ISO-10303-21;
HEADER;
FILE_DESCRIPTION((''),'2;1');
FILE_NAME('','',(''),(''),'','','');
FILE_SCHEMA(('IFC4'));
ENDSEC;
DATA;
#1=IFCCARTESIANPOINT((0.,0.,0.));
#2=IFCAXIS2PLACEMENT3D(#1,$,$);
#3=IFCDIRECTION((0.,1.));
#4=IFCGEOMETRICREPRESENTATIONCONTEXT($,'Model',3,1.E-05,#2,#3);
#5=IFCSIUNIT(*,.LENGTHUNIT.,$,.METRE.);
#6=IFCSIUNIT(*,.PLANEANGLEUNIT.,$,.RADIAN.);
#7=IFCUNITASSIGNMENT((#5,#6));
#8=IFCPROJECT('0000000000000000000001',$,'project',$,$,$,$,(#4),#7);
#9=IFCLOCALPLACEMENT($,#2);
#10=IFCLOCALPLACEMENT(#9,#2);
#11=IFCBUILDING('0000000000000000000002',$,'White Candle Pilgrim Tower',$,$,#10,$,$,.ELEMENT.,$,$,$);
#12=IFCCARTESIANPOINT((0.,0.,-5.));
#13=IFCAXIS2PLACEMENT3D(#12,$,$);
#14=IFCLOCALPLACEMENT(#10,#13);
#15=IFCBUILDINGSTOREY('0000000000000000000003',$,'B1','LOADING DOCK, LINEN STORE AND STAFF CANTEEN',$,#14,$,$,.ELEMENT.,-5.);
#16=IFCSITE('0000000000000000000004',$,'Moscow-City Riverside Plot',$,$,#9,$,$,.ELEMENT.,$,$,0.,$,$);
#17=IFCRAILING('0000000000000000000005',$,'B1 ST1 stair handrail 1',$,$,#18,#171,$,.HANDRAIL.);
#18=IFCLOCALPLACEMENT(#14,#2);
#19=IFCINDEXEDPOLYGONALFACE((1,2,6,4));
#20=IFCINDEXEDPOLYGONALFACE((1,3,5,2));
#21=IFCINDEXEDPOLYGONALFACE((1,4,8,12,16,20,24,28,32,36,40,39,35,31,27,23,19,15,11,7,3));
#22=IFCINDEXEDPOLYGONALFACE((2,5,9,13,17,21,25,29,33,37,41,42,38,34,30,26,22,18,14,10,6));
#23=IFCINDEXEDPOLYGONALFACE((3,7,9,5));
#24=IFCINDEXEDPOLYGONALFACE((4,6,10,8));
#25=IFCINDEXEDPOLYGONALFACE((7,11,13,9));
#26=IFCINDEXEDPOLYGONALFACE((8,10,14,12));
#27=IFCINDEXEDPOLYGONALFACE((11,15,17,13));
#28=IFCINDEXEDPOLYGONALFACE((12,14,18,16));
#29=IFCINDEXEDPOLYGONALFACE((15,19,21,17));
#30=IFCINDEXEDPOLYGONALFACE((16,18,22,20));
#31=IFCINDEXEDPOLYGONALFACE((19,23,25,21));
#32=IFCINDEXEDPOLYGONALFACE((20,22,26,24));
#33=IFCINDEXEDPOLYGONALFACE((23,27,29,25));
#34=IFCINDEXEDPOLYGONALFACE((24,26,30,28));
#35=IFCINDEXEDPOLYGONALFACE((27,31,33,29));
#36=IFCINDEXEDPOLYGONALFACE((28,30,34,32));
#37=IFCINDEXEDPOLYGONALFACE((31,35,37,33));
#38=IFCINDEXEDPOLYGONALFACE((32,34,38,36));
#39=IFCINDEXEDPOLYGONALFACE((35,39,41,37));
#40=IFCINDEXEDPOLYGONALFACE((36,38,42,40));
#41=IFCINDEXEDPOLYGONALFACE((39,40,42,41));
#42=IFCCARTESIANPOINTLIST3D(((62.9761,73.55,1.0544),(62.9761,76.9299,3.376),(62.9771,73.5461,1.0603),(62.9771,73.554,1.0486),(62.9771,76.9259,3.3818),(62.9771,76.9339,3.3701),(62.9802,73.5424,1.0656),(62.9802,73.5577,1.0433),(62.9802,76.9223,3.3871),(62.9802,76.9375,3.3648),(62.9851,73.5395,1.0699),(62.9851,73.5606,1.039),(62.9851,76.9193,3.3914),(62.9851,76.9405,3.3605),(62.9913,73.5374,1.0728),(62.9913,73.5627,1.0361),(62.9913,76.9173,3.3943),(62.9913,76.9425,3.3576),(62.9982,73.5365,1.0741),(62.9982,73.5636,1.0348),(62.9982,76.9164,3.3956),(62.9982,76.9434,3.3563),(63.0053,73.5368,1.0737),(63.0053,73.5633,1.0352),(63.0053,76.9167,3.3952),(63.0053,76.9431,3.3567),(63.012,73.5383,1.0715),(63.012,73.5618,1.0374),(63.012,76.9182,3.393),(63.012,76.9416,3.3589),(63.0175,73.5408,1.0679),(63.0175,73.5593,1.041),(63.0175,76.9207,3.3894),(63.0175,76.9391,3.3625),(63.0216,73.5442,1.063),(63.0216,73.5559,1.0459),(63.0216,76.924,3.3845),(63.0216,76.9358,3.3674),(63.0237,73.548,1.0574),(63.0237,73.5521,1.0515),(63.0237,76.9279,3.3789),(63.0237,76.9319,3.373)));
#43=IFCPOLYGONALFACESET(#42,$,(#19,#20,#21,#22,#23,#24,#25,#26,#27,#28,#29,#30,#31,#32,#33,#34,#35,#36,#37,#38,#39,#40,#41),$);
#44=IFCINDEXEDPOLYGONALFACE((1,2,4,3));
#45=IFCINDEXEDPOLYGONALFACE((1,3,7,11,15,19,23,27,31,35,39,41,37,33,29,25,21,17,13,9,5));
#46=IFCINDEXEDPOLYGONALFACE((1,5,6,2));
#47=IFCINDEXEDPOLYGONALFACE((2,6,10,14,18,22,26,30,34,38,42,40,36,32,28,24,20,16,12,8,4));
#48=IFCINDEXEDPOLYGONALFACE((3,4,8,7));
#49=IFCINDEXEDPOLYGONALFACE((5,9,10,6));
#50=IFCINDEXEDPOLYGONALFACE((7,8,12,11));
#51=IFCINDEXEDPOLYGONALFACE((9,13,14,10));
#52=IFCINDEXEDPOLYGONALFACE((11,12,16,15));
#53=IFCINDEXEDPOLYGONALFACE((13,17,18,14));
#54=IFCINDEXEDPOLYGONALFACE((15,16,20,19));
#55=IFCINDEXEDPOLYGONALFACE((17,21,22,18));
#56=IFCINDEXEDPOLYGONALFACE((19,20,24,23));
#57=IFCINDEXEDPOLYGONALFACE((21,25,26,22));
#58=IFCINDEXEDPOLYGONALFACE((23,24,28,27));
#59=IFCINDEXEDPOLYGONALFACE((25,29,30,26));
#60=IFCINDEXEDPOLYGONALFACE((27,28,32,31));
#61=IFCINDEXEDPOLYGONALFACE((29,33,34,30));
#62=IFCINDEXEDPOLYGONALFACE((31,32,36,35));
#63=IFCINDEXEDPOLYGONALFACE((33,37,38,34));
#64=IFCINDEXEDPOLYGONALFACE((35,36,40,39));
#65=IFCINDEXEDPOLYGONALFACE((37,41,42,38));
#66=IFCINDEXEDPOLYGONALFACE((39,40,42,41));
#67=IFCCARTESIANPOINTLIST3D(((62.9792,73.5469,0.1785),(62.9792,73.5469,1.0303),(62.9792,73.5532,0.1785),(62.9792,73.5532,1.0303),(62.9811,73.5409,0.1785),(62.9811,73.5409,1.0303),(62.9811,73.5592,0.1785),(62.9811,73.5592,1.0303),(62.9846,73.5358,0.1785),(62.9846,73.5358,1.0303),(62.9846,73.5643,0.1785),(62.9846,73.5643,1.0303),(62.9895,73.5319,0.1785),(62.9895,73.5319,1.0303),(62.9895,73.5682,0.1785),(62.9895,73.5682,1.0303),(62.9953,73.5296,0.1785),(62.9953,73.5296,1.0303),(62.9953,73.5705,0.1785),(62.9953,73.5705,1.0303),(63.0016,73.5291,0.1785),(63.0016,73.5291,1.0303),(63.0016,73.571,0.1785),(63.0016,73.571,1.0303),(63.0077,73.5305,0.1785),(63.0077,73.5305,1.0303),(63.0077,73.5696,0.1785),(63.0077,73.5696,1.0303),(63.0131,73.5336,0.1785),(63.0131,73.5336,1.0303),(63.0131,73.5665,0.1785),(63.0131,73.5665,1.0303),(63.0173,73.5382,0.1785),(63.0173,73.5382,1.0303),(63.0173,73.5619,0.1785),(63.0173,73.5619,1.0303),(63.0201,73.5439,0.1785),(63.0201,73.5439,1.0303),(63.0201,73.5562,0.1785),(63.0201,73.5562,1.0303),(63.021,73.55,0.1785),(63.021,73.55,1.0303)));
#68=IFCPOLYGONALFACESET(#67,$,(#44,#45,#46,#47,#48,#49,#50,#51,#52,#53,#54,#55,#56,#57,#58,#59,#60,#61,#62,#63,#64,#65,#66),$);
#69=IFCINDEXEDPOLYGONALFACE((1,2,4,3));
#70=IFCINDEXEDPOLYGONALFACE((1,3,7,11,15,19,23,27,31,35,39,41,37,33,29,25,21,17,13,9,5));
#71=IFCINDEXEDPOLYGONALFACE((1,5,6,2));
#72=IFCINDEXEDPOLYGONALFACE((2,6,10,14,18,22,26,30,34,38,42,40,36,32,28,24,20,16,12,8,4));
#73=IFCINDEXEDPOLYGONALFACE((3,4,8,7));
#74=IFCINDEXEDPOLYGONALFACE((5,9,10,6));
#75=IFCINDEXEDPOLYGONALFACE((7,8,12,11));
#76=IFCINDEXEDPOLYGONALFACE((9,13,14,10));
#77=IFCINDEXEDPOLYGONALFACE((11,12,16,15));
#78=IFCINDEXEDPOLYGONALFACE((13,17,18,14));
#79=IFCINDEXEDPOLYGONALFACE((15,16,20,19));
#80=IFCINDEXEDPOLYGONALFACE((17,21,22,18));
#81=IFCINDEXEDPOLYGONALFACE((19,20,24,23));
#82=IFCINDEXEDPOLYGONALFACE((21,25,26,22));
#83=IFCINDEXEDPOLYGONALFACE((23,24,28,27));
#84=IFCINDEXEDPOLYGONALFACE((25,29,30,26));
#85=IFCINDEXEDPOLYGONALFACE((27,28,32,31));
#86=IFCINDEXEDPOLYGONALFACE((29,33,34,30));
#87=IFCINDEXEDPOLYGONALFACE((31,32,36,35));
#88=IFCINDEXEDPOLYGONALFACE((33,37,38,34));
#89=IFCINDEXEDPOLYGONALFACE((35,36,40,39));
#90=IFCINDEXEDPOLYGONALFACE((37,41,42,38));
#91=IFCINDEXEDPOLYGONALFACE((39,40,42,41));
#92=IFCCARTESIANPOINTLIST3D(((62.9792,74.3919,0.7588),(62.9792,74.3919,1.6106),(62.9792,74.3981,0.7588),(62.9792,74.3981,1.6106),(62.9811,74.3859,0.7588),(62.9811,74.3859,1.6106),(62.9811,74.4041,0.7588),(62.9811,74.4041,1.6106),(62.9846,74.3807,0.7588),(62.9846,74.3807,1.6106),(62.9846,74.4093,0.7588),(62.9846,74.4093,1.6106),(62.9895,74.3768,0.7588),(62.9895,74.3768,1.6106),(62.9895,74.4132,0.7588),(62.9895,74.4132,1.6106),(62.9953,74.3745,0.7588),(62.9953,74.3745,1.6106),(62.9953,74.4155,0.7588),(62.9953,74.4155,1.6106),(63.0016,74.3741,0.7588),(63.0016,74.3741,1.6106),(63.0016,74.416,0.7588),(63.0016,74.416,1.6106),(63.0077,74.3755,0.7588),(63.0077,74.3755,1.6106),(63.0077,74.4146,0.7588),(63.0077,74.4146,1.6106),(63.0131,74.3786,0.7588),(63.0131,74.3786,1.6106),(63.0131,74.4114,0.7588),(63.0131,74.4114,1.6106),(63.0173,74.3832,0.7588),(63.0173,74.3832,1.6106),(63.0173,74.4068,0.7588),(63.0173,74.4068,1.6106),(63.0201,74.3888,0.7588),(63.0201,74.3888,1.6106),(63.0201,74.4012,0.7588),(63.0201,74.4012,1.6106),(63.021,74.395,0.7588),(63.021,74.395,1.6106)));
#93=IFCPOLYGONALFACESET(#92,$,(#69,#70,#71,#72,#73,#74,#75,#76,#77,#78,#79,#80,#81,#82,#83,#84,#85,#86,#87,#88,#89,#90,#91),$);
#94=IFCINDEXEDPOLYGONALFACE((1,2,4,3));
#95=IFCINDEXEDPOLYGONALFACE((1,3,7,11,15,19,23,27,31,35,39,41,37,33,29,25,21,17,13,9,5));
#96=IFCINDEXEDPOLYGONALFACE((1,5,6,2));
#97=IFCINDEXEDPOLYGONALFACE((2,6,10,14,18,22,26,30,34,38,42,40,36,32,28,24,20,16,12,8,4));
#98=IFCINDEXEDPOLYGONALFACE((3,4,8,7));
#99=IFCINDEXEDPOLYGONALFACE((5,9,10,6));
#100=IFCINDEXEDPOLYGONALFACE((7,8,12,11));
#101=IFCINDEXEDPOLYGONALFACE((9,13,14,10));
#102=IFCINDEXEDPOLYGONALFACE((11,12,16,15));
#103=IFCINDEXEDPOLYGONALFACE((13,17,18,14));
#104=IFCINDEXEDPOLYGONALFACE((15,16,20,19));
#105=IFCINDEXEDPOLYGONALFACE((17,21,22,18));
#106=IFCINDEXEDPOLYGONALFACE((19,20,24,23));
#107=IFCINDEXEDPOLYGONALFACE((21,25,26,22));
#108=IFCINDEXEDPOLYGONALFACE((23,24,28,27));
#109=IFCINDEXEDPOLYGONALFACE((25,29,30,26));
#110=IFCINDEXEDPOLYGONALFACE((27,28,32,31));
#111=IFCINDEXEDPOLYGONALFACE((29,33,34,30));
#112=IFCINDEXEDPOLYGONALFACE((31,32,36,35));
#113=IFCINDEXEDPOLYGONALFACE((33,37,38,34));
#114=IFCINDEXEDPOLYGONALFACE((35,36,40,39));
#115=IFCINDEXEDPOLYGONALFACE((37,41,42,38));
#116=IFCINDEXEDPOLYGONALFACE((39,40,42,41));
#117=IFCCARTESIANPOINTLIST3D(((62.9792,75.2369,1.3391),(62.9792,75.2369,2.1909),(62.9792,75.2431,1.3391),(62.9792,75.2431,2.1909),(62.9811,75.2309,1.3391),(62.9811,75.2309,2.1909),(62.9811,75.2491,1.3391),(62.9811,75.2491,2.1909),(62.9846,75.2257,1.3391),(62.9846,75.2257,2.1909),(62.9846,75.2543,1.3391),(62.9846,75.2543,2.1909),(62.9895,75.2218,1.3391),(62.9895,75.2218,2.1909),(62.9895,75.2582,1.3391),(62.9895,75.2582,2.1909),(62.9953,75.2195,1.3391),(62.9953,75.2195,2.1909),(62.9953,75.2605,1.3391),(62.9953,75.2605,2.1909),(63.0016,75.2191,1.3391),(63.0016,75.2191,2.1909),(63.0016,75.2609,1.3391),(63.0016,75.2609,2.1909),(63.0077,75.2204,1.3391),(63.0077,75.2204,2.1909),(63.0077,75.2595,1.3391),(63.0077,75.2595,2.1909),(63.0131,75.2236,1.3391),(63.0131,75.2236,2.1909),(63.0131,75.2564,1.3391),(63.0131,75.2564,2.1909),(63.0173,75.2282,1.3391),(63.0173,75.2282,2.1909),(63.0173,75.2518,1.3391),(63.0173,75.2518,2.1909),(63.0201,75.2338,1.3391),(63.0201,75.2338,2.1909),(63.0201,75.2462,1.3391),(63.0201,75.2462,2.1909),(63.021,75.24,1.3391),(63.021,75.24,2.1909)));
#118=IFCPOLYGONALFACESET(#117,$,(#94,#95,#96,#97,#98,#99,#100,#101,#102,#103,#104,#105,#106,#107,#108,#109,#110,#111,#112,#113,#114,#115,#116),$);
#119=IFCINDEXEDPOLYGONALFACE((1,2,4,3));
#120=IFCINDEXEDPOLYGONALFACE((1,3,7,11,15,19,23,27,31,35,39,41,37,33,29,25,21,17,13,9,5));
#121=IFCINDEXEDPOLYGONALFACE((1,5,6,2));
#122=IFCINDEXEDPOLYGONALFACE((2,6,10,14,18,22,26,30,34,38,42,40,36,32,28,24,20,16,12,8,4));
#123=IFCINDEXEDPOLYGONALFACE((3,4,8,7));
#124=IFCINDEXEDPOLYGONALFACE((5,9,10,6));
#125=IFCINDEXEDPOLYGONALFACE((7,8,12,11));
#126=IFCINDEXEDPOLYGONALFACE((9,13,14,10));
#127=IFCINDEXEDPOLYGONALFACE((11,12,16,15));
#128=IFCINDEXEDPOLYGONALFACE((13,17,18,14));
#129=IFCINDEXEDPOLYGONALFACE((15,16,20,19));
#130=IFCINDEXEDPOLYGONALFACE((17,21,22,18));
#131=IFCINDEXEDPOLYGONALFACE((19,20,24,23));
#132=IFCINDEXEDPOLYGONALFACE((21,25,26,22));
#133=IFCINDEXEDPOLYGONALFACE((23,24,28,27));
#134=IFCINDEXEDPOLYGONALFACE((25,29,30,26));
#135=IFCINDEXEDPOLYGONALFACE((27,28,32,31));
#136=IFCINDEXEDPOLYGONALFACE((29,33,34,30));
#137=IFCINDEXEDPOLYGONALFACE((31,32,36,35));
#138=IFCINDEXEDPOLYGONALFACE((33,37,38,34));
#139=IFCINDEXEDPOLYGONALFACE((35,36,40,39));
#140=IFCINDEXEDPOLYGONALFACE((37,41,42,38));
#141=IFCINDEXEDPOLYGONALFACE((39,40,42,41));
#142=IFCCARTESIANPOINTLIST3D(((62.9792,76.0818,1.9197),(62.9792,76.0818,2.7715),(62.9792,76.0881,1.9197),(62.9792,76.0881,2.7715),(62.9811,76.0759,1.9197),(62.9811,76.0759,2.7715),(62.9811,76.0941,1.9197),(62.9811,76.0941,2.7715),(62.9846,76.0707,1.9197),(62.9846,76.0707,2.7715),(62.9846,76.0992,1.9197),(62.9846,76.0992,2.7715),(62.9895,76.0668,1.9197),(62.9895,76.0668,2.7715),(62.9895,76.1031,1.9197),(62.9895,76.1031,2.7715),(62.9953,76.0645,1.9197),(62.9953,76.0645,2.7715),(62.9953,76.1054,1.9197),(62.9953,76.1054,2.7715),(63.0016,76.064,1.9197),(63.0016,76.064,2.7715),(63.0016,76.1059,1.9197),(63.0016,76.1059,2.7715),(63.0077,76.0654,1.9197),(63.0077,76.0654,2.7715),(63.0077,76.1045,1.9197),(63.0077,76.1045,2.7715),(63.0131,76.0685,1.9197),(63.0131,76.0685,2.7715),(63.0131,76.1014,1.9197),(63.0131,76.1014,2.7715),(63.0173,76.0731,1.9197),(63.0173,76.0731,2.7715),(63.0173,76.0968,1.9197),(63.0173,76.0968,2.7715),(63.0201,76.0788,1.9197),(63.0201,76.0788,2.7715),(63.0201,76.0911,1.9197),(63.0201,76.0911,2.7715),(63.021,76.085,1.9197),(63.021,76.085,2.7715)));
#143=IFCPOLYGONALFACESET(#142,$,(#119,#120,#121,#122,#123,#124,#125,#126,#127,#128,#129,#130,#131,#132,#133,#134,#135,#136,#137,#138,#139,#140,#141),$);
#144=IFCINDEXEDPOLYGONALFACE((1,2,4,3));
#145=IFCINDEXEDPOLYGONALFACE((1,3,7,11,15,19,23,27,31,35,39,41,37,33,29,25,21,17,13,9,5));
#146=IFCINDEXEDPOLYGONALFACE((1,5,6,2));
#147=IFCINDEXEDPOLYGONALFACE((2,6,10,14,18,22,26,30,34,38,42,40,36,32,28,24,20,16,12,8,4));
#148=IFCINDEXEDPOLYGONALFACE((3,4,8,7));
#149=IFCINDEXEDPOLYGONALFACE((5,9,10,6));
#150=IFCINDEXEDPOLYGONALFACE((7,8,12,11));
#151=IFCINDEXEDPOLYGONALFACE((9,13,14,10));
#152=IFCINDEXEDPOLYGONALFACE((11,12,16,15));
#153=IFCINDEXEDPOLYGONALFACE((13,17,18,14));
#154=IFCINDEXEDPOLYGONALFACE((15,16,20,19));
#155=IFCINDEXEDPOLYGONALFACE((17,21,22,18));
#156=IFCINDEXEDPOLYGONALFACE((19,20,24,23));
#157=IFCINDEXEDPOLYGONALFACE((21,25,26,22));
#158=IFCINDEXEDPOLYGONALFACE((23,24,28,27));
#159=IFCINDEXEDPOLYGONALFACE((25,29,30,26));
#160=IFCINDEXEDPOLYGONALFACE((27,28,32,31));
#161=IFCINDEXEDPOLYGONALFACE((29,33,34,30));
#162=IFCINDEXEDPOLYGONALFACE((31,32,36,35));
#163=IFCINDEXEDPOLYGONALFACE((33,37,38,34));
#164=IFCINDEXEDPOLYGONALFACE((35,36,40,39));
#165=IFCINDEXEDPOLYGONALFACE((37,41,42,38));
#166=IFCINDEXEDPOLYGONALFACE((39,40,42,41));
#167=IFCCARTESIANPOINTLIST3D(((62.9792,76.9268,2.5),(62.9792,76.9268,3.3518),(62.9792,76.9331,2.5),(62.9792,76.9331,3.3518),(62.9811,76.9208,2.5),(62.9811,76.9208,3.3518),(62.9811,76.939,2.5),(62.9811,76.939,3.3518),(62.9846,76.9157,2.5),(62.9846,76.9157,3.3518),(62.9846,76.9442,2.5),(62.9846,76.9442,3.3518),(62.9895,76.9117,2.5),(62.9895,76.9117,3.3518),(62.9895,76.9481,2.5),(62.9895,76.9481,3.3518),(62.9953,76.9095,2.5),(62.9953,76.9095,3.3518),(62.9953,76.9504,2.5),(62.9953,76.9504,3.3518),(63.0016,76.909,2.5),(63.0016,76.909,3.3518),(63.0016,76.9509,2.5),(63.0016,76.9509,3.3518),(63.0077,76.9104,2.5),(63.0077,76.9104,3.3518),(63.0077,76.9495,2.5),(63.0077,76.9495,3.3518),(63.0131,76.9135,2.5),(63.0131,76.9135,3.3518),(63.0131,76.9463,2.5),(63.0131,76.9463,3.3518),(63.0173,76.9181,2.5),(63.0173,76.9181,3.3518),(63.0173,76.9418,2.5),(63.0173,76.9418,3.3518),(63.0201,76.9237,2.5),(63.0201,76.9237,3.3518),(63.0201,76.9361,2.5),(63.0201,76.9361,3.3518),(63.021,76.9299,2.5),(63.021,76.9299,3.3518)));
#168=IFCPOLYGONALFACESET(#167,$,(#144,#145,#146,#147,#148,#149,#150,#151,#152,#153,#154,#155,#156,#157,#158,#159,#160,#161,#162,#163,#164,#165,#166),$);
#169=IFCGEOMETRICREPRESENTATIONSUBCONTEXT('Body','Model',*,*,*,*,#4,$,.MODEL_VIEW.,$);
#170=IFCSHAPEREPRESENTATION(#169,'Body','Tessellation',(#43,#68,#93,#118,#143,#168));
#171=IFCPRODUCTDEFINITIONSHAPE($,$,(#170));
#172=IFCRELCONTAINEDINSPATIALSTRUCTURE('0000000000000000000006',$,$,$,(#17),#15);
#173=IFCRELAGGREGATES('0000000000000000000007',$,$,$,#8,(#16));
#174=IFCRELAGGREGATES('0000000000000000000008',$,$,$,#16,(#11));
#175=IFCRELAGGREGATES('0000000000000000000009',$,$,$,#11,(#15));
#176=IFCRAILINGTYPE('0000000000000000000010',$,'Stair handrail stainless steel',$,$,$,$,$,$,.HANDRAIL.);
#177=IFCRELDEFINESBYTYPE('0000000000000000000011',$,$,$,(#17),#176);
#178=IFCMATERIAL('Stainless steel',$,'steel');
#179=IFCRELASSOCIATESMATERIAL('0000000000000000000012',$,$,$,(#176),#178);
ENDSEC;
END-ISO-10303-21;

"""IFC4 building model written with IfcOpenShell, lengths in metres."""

from ifc_helpers import new_model, si_unit, direction, frame, origin, origin_2d, place, context, subcontext, project, spatial, circle, extrude, material, type_object, element, save


model = new_model("IFC4")

# Units and contexts
model_context = context("Model", 3, precision=1e-05, world=origin(), true_north=direction((0.0, 1.0)))
body_context = subcontext(model_context, "Body", "Model", "MODEL_VIEW")
ifc_project = project(units=[si_unit("LENGTHUNIT", "METRE"), si_unit("PLANEANGLEUNIT", "RADIAN")], contexts=[model_context])

# Site, building, storey
site_placement = place(None, origin())
site = spatial("IfcSite", under=ifc_project, at=site_placement, Name="Moscow-City Riverside Plot", CompositionType="ELEMENT", RefElevation=0.0)
building_placement = place(site_placement, origin())
building = spatial("IfcBuilding", under=site, at=building_placement, Name="White Candle Pilgrim Tower", CompositionType="ELEMENT")
storey_placement = place(building_placement, frame((0.0, 0.0, -5.0)))
storey = spatial("IfcBuildingStorey", under=building, at=storey_placement, Name="B1", Description="LOADING DOCK, LINEN STORE AND STAFF CANTEEN", CompositionType="ELEMENT", Elevation=-5.0)

# Railing
ifc_material_1 = material(Name="Stainless steel", Category="steel")
railing_type_1 = type_object("IfcRailingType", Name="Stair handrail stainless steel", PredefinedType="HANDRAIL", material=ifc_material_1)
railing_1_placement = place(storey_placement, frame((63.0, 73.55, 0.1785)))
element("IfcRailing", 1, at=railing_1_placement, inside=storey, type_object=railing_type_1, Name="B1 ST1 stair handrail 1", PredefinedType="HANDRAIL", context=body_context, shape_type="SweptSolid", body=[
    extrude(circle(Radius=0.0239, at=origin_2d()), frame((0.0, 0.0, 0.876), z_axis=(0.0, 0.824285, 0.566175), x_axis=(-1.0, 0.0, 0.0)), (0.0, 0.0, 1.0), 4.1003),
    extrude(circle(Radius=0.021, at=origin_2d()), origin(), (0.0, 0.0, 1.0), 0.8518),
    extrude(circle(Radius=0.021, at=origin_2d()), frame((0.0, 0.845, 0.5803)), (0.0, 0.0, 1.0), 0.8518),
    extrude(circle(Radius=0.021, at=origin_2d()), frame((0.0, 1.6899, 1.1606)), (0.0, 0.0, 1.0), 0.8518),
    extrude(circle(Radius=0.021, at=origin_2d()), frame((0.0, 2.5349, 1.7412)), (0.0, 0.0, 1.0), 0.8518),
    extrude(circle(Radius=0.021, at=origin_2d()), frame((0.0, 3.3799, 2.3215)), (0.0, 0.0, 1.0), 0.8518),
])

save(model, "model.ifc")
